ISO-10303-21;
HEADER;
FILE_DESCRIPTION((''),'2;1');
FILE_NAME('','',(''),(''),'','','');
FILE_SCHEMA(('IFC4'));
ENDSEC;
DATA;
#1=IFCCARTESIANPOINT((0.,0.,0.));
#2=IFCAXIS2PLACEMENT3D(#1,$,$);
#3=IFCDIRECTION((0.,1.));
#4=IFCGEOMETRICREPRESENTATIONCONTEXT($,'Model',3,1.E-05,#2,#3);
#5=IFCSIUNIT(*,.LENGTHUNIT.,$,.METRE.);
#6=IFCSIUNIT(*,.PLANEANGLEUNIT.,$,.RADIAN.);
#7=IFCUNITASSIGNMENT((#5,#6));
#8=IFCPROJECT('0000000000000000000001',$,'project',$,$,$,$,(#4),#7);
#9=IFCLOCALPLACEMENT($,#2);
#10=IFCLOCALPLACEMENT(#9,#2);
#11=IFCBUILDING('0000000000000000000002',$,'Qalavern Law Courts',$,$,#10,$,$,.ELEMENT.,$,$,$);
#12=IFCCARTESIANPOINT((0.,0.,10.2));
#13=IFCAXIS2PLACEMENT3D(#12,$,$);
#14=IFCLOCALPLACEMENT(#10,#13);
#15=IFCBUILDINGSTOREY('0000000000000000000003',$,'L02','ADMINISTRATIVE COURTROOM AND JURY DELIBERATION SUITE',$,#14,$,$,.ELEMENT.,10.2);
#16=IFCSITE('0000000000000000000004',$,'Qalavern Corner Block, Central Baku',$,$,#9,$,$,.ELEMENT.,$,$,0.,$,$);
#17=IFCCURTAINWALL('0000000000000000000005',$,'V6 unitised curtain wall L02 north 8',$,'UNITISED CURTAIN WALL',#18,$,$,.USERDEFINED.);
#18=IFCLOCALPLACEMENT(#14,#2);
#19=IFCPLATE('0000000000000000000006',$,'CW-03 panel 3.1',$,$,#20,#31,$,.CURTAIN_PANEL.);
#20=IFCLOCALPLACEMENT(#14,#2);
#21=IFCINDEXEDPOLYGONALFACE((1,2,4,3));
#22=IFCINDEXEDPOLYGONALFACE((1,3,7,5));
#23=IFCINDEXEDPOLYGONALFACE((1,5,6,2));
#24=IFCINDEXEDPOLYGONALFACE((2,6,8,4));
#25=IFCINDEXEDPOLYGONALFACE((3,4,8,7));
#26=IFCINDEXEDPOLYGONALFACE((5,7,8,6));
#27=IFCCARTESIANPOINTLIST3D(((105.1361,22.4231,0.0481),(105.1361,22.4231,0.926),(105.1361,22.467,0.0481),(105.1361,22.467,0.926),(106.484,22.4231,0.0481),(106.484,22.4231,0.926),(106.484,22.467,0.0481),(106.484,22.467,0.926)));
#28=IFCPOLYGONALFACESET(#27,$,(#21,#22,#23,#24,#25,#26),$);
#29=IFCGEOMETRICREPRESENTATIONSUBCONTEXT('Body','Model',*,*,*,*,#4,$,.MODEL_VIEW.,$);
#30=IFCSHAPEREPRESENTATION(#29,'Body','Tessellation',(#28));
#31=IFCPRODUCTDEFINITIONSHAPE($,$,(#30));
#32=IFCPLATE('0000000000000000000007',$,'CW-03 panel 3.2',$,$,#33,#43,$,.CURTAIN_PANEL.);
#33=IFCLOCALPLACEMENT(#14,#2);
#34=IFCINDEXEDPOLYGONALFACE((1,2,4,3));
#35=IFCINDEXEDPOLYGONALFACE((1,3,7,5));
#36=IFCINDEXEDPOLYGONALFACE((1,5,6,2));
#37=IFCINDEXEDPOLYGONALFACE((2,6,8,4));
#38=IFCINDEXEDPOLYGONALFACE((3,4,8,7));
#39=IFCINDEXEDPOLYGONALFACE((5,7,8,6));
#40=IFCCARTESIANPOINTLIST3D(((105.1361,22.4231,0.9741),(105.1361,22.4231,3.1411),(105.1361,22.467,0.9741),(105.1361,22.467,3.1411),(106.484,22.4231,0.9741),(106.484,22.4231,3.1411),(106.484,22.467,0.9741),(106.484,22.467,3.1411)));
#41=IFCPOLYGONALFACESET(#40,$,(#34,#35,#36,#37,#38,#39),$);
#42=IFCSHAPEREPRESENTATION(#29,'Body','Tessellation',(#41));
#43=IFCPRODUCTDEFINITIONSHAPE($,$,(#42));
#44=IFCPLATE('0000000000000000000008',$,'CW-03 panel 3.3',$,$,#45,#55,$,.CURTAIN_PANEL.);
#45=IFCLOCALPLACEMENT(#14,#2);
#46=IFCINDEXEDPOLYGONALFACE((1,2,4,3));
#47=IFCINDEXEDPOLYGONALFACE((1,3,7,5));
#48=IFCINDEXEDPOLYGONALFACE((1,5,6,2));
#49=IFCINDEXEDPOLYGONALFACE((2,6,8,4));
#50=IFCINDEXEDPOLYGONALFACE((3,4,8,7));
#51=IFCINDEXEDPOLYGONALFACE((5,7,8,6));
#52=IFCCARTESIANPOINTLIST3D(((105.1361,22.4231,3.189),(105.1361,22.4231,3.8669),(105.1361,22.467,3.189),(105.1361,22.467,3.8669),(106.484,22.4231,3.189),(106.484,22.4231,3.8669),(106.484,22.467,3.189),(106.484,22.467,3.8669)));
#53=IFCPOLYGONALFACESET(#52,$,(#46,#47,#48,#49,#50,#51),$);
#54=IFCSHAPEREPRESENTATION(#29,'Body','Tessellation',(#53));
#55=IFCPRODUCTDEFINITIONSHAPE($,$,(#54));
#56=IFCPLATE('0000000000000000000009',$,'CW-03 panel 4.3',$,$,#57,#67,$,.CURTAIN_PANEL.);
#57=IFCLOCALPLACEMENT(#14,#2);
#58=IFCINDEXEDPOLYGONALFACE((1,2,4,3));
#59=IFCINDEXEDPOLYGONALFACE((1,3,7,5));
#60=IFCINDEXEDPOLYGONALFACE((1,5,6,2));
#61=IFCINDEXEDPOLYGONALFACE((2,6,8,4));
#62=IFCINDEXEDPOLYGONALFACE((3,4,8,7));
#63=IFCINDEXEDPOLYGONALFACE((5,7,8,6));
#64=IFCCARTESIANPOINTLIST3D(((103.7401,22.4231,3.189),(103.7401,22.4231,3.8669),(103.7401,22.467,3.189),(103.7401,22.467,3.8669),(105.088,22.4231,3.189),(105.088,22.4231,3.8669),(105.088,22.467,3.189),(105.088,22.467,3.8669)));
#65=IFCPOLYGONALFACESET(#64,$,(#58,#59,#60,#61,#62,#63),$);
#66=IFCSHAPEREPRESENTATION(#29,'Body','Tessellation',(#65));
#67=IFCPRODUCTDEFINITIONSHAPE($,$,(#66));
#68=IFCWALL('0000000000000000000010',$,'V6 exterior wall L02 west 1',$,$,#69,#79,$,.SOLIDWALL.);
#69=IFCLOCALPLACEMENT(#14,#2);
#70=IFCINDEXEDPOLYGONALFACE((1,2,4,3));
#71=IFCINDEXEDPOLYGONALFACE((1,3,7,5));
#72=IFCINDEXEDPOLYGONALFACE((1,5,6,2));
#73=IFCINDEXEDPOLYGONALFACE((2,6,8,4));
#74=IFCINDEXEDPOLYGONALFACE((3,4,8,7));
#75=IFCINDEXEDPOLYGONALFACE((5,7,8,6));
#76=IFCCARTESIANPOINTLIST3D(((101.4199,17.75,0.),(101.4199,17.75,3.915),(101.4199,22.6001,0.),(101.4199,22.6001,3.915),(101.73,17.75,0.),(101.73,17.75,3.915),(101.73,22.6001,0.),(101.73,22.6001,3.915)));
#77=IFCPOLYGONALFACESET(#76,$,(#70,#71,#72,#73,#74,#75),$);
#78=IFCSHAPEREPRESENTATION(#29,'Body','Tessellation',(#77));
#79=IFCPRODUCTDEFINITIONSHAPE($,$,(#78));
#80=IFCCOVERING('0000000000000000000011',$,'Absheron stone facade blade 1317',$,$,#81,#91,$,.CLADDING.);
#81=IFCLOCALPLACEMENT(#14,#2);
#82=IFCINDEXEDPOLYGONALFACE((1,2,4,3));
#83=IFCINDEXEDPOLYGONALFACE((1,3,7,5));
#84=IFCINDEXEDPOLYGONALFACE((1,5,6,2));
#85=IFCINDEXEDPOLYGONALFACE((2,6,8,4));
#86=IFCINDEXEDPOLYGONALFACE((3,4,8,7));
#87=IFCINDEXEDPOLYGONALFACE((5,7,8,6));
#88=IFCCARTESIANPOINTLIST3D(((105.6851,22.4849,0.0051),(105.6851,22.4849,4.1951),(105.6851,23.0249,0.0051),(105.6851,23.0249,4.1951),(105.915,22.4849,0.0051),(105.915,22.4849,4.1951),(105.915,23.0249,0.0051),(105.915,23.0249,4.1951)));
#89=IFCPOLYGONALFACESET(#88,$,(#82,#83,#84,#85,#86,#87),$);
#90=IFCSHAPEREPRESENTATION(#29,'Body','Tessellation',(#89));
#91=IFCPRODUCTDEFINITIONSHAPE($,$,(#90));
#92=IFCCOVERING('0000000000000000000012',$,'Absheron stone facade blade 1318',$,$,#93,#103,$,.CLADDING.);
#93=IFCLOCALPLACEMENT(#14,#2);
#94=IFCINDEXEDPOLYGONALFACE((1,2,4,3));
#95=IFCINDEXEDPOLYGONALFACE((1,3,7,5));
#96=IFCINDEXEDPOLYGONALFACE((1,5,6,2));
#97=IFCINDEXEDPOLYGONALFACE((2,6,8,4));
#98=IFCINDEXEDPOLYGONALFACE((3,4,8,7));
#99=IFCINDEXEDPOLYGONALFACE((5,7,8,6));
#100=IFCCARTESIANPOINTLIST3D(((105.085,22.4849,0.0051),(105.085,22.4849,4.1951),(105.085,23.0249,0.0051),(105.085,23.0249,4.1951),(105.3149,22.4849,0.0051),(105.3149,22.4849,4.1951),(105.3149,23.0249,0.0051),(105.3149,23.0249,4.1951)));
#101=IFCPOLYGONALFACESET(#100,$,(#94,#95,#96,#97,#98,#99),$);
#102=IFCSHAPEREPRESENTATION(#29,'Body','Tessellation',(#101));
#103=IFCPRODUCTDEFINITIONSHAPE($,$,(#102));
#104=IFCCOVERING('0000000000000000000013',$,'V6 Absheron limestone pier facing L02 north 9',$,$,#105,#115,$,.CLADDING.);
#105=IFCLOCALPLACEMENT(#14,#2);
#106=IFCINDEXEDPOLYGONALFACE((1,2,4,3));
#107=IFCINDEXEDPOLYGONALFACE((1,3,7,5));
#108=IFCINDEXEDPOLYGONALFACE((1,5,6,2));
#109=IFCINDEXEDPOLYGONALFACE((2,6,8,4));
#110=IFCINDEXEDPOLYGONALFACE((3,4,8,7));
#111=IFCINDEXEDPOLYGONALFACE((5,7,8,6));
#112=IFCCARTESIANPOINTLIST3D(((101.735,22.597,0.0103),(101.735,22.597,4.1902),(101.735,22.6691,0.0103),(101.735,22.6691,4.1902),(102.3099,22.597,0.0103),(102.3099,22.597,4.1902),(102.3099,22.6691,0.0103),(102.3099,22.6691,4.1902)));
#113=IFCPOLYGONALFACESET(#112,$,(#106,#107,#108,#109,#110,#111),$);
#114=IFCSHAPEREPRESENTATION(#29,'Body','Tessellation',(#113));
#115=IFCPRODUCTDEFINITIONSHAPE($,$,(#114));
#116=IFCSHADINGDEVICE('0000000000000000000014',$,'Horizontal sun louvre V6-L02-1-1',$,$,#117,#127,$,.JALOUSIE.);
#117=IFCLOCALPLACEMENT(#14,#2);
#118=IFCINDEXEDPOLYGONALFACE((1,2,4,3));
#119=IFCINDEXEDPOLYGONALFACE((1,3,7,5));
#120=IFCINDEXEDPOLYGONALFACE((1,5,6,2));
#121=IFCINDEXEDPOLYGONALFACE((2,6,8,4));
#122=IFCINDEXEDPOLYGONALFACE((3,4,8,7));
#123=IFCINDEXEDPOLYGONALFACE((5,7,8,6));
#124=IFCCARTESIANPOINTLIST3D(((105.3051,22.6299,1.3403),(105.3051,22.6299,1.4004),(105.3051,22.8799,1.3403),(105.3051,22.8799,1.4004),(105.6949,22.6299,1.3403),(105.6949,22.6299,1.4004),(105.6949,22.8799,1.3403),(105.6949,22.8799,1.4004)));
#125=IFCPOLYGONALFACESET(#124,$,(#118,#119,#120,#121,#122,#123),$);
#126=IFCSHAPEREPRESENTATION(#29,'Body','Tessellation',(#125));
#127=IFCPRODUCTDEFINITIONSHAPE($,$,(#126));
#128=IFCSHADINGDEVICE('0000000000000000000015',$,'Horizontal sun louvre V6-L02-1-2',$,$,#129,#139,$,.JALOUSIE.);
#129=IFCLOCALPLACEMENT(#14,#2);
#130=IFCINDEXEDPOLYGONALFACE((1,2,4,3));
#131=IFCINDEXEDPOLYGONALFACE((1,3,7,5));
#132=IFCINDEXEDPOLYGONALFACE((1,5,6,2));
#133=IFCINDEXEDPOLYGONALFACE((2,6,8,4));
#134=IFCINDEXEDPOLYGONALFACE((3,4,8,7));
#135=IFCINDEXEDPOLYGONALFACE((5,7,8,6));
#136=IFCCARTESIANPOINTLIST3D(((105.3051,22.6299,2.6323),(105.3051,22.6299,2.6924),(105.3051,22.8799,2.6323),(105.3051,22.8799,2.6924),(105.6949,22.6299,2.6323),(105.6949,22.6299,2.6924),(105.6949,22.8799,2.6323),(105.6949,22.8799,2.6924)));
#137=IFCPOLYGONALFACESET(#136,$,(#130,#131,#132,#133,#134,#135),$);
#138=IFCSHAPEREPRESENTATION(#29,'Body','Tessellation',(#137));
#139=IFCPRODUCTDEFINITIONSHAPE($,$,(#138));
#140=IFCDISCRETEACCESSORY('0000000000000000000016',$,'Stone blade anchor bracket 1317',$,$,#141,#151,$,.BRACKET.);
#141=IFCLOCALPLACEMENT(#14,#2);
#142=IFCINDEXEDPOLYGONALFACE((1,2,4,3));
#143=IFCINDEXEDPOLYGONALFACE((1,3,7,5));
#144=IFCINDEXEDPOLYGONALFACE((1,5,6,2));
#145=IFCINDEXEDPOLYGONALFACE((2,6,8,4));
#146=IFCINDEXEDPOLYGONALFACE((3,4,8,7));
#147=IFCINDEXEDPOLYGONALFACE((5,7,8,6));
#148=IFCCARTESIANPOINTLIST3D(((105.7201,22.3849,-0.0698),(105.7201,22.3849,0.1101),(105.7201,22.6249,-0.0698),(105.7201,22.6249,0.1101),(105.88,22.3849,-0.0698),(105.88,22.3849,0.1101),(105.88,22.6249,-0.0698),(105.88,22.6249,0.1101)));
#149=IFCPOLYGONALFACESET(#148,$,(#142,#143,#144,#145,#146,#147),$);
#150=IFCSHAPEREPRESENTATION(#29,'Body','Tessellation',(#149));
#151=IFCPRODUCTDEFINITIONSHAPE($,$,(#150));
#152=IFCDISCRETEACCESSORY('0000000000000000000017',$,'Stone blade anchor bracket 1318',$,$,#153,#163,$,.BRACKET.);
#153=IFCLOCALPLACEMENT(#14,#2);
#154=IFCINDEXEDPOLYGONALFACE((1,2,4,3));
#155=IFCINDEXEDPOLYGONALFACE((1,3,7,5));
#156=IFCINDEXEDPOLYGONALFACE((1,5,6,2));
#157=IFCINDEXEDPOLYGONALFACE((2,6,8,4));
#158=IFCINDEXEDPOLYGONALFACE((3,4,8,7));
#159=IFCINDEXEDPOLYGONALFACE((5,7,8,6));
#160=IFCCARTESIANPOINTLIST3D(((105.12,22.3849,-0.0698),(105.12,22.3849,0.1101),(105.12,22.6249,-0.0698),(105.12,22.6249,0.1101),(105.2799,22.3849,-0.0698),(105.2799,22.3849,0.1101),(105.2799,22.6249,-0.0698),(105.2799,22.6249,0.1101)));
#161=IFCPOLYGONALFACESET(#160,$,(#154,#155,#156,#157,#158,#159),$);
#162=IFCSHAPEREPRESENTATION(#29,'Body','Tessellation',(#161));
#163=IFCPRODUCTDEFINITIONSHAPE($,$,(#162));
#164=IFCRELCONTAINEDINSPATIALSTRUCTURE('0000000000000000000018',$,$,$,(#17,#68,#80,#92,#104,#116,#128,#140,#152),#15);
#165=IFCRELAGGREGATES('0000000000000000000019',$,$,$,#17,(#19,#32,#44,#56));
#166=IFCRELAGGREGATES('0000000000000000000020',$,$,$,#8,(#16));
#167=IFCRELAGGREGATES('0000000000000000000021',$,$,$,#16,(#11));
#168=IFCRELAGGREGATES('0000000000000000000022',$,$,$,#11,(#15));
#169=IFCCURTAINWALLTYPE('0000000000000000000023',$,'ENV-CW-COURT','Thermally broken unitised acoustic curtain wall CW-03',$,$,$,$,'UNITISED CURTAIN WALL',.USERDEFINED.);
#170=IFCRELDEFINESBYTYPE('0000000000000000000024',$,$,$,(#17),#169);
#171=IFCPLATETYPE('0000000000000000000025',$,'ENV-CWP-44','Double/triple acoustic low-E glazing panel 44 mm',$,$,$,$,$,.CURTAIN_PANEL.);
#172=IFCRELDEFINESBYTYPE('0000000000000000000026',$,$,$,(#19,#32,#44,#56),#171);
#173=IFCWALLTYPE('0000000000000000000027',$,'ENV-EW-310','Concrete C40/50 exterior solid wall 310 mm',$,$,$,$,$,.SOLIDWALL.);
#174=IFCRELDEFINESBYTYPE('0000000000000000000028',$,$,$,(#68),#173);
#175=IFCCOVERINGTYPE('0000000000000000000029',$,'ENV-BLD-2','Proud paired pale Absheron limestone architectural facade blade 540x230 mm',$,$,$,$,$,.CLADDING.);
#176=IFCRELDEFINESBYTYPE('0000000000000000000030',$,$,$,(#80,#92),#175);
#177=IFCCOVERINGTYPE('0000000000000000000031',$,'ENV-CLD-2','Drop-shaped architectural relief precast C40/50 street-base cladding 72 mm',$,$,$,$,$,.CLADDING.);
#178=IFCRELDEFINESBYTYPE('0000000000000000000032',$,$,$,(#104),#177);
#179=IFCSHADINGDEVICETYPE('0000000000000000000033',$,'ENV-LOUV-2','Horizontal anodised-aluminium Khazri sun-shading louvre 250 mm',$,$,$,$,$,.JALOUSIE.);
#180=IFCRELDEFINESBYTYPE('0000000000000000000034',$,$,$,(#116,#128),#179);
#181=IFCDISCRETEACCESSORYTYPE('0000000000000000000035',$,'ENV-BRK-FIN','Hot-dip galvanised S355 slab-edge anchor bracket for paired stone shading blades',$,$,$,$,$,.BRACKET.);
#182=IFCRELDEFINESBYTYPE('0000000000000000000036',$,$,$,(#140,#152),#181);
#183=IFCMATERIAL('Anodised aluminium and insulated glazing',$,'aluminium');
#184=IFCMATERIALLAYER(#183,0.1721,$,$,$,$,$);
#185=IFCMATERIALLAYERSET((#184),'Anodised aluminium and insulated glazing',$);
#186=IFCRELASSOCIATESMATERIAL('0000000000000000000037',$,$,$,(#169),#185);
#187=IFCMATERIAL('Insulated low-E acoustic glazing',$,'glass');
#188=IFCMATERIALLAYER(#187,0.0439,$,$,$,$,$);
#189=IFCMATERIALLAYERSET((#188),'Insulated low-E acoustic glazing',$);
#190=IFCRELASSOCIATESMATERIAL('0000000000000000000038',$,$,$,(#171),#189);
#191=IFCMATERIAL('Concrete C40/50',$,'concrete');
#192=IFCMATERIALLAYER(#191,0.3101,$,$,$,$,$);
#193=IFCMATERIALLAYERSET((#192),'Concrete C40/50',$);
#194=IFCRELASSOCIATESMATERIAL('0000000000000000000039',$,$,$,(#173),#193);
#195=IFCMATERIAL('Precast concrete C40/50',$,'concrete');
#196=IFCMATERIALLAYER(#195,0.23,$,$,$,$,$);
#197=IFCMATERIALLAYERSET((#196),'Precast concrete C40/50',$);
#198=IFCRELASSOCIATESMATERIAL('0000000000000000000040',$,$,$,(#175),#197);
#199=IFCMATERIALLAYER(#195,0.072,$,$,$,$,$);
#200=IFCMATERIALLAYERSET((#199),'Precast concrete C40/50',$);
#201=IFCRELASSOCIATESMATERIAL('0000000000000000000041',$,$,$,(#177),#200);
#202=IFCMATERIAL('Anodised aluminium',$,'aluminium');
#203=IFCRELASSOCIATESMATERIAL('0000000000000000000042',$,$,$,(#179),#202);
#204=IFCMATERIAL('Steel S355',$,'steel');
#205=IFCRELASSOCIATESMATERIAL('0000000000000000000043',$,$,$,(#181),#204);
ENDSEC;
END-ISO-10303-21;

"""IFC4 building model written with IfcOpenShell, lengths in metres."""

from ifc_helpers import new_model, si_unit, direction, frame, frame_2d, origin, origin_2d, place, context, subcontext, project, spatial, rectangle, extrude, material, layer, layer_set, type_object, element, aggregate, save


model = new_model("IFC4")

# Units and contexts
model_context = context("Model", 3, precision=1e-05, world=origin(), true_north=direction((0.0, 1.0)))
body_context = subcontext(model_context, "Body", "Model", "MODEL_VIEW")
ifc_project = project(units=[si_unit("LENGTHUNIT", "METRE"), si_unit("PLANEANGLEUNIT", "RADIAN")], contexts=[model_context])

# Site, building, storey
site_placement = place(None, origin())
site = spatial("IfcSite", under=ifc_project, at=site_placement, Name="Qalavern Corner Block, Central Baku", CompositionType="ELEMENT", RefElevation=0.0)
building_placement = place(site_placement, origin())
building = spatial("IfcBuilding", under=site, at=building_placement, Name="Qalavern Law Courts", CompositionType="ELEMENT")
storey_placement = place(building_placement, frame((0.0, 0.0, 10.2)))
storey = spatial("IfcBuildingStorey", under=building, at=storey_placement, Name="L02", Description="ADMINISTRATIVE COURTROOM AND JURY DELIBERATION SUITE", CompositionType="ELEMENT", Elevation=10.2)

# Curtain wall
ifc_material_1 = material(Name="Anodised aluminium and insulated glazing", Category="aluminium")
ifc_layer_1 = layer(ifc_material_1, 0.1721)
ifc_layer_set_1 = layer_set([ifc_layer_1], Name="Anodised aluminium and insulated glazing")
curtain_wall_type_1 = type_object("IfcCurtainWallType", Name="ENV-CW-COURT", Description="Thermally broken unitised acoustic curtain wall CW-03", ElementType="UNITISED CURTAIN WALL", PredefinedType="USERDEFINED", material=ifc_layer_set_1)
curtain_wall_1_placement = place(storey_placement, origin())
curtain_wall_1 = element("IfcCurtainWall", 1, at=curtain_wall_1_placement, inside=storey, type_object=curtain_wall_type_1, Name="V6 unitised curtain wall L02 north 8", ObjectType="UNITISED CURTAIN WALL", PredefinedType="USERDEFINED")
ifc_material_2 = material(Name="Anodised aluminium", Category="aluminium")

# Plates
ifc_material_3 = material(Name="Insulated low-E acoustic glazing", Category="glass")
ifc_layer_2 = layer(ifc_material_3, 0.0439)
ifc_layer_set_2 = layer_set([ifc_layer_2], Name="Insulated low-E acoustic glazing")
plate_type = type_object("IfcPlateType", Name="ENV-CWP-44", Description="Double/triple acoustic low-E glazing panel 44 mm", PredefinedType="CURTAIN_PANEL", material=ifc_layer_set_2)
plate_1_placement = place(storey_placement, frame((105.8101, 22.4451, 0.0481), z_axis=(0.0, 0.0, 1.0), x_axis=(-1.0, 0.0, 0.0)))
plate_1 = element("IfcPlate", 2, at=plate_1_placement, type_object=plate_type, Name="CW-03 panel 3.1", PredefinedType="CURTAIN_PANEL", context=body_context, shape_type="SweptSolid", body=[
    extrude(rectangle(XDim=1.3479, YDim=0.0439, at=origin_2d()), origin(), (0.0, 0.0, 1.0), 0.8779),
])
plate_2_placement = place(storey_placement, frame((105.8101, 22.4451, 0.9741), z_axis=(0.0, 0.0, 1.0), x_axis=(-1.0, 0.0, 0.0)))
plate_2 = element("IfcPlate", 3, at=plate_2_placement, type_object=plate_type, Name="CW-03 panel 3.2", PredefinedType="CURTAIN_PANEL", context=body_context, shape_type="SweptSolid", body=[
    extrude(rectangle(XDim=1.3479, YDim=0.0439, at=origin_2d()), origin(), (0.0, 0.0, 1.0), 2.167),
])
plate_3_placement = place(storey_placement, frame((105.8101, 22.4451, 3.189), z_axis=(0.0, 0.0, 1.0), x_axis=(-1.0, 0.0, 0.0)))
plate_3 = element("IfcPlate", 4, at=plate_3_placement, type_object=plate_type, Name="CW-03 panel 3.3", PredefinedType="CURTAIN_PANEL", context=body_context, shape_type="SweptSolid", body=[
    extrude(rectangle(XDim=1.3479, YDim=0.0439, at=origin_2d()), origin(), (0.0, 0.0, 1.0), 0.678),
])
plate_4_placement = place(storey_placement, frame((104.4141, 22.4451, 3.189), z_axis=(0.0, 0.0, 1.0), x_axis=(-1.0, 0.0, 0.0)))
plate_4 = element("IfcPlate", 5, at=plate_4_placement, type_object=plate_type, Name="CW-03 panel 4.3", PredefinedType="CURTAIN_PANEL", context=body_context, shape_type="SweptSolid", body=[
    extrude(rectangle(XDim=1.3479, YDim=0.0439, at=origin_2d()), origin(), (0.0, 0.0, 1.0), 0.678),
])
aggregate(curtain_wall_1, [plate_1, plate_2, plate_3, plate_4])

# Wall
ifc_material_4 = material(Name="Concrete C40/50", Category="concrete")
ifc_layer_3 = layer(ifc_material_4, 0.3101)
ifc_layer_set_3 = layer_set([ifc_layer_3], Name="Concrete C40/50")
wall_type = type_object("IfcWallType", Name="ENV-EW-310", Description="Concrete C40/50 exterior solid wall 310 mm", PredefinedType="SOLIDWALL", material=ifc_layer_set_3)
wall_placement = place(storey_placement, frame((101.575, 22.6001, 0.0), z_axis=(0.0, 0.0, 1.0), x_axis=(0.0, -1.0, 0.0)))
element("IfcWall", 6, at=wall_placement, inside=storey, type_object=wall_type, Name="V6 exterior wall L02 west 1", PredefinedType="SOLIDWALL", context=body_context, shape_type="SweptSolid", body=[
    extrude(rectangle(XDim=4.8501, YDim=0.3101, at=frame_2d((2.425, 0.0))), origin(), (0.0, 0.0, 1.0), 3.915),
])

# Coverings
ifc_material_5 = material(Name="Precast concrete C40/50", Category="concrete")
ifc_layer_4 = layer(ifc_material_5, 0.23)
ifc_layer_set_4 = layer_set([ifc_layer_4], Name="Precast concrete C40/50")
covering_type_1 = type_object("IfcCoveringType", Name="ENV-BLD-2", Description="Proud paired pale Absheron limestone architectural facade blade 540x230 mm", PredefinedType="CLADDING", material=ifc_layer_set_4)
for number, where, z_axis, x_axis, name in (
    (7, (105.8, 22.7549, 0.0051), (0.0, 0.0, 1.0), (0.0, 1.0, 0.0), "Absheron stone facade blade 1317"),
    (8, (105.2, 22.7549, 0.0051), (0.0, 0.0, 1.0), (0.0, 1.0, 0.0), "Absheron stone facade blade 1318"),
):
    element("IfcCovering", number, at=place(storey_placement, frame(where, z_axis=z_axis, x_axis=x_axis)), inside=storey, type_object=covering_type_1, Name=name, PredefinedType="CLADDING", context=body_context, shape_type="SweptSolid", body=[
        extrude(rectangle(XDim=0.54, YDim=0.23, at=origin_2d()), origin(), (0.0, 0.0, 1.0), 4.1899),
    ])
ifc_layer_5 = layer(ifc_material_5, 0.072)
ifc_layer_set_5 = layer_set([ifc_layer_5], Name="Precast concrete C40/50")
covering_type_2 = type_object("IfcCoveringType", Name="ENV-CLD-2", Description="Drop-shaped architectural relief precast C40/50 street-base cladding 72 mm", PredefinedType="CLADDING", material=ifc_layer_set_5)
covering_placement = place(storey_placement, frame((102.0225, 22.6331, 0.0103), z_axis=(0.0, 0.0, 1.0), x_axis=(-1.0, 0.0, 0.0)))
element("IfcCovering", 9, at=covering_placement, inside=storey, type_object=covering_type_2, Name="V6 Absheron limestone pier facing L02 north 9", PredefinedType="CLADDING", context=body_context, shape_type="SweptSolid", body=[
    extrude(rectangle(XDim=0.575, YDim=0.072, at=origin_2d()), origin(), (0.0, 0.0, 1.0), 4.1799),
])

# Shading devices
shading_device_type = type_object("IfcShadingDeviceType", Name="ENV-LOUV-2", Description="Horizontal anodised-aluminium Khazri sun-shading louvre 250 mm", PredefinedType="JALOUSIE", material=ifc_material_2)
for number, where, z_axis, x_axis, name in (
    (10, (105.5, 22.7549, 1.3403), (0.0, 0.0, 1.0), (-1.0, 0.0, 0.0), "Horizontal sun louvre V6-L02-1-1"),
    (11, (105.5, 22.7549, 2.6323), (0.0, 0.0, 1.0), (-1.0, 0.0, 0.0), "Horizontal sun louvre V6-L02-1-2"),
):
    element("IfcShadingDevice", number, at=place(storey_placement, frame(where, z_axis=z_axis, x_axis=x_axis)), inside=storey, type_object=shading_device_type, Name=name, PredefinedType="JALOUSIE", context=body_context, shape_type="SweptSolid", body=[
        extrude(rectangle(XDim=0.3899, YDim=0.25, at=origin_2d()), origin(), (0.0, 0.0, 1.0), 0.0601),
    ])

# Discrete accessories
ifc_material_6 = material(Name="Steel S355", Category="steel")
discrete_accessory_type = type_object("IfcDiscreteAccessoryType", Name="ENV-BRK-FIN", Description="Hot-dip galvanised S355 slab-edge anchor bracket for paired stone shading blades", PredefinedType="BRACKET", material=ifc_material_6)
for number, where, z_axis, x_axis, name in (
    (12, (105.8, 22.5049, -0.0698), (0.0, 0.0, 1.0), (0.0, 1.0, 0.0), "Stone blade anchor bracket 1317"),
    (13, (105.2, 22.5049, -0.0698), (0.0, 0.0, 1.0), (0.0, 1.0, 0.0), "Stone blade anchor bracket 1318"),
):
    element("IfcDiscreteAccessory", number, at=place(storey_placement, frame(where, z_axis=z_axis, x_axis=x_axis)), inside=storey, type_object=discrete_accessory_type, Name=name, PredefinedType="BRACKET", context=body_context, shape_type="SweptSolid", body=[
        extrude(rectangle(XDim=0.24, YDim=0.1599, at=origin_2d()), origin(), (0.0, 0.0, 1.0), 0.1799),
    ])

save(model, "model.ifc")
